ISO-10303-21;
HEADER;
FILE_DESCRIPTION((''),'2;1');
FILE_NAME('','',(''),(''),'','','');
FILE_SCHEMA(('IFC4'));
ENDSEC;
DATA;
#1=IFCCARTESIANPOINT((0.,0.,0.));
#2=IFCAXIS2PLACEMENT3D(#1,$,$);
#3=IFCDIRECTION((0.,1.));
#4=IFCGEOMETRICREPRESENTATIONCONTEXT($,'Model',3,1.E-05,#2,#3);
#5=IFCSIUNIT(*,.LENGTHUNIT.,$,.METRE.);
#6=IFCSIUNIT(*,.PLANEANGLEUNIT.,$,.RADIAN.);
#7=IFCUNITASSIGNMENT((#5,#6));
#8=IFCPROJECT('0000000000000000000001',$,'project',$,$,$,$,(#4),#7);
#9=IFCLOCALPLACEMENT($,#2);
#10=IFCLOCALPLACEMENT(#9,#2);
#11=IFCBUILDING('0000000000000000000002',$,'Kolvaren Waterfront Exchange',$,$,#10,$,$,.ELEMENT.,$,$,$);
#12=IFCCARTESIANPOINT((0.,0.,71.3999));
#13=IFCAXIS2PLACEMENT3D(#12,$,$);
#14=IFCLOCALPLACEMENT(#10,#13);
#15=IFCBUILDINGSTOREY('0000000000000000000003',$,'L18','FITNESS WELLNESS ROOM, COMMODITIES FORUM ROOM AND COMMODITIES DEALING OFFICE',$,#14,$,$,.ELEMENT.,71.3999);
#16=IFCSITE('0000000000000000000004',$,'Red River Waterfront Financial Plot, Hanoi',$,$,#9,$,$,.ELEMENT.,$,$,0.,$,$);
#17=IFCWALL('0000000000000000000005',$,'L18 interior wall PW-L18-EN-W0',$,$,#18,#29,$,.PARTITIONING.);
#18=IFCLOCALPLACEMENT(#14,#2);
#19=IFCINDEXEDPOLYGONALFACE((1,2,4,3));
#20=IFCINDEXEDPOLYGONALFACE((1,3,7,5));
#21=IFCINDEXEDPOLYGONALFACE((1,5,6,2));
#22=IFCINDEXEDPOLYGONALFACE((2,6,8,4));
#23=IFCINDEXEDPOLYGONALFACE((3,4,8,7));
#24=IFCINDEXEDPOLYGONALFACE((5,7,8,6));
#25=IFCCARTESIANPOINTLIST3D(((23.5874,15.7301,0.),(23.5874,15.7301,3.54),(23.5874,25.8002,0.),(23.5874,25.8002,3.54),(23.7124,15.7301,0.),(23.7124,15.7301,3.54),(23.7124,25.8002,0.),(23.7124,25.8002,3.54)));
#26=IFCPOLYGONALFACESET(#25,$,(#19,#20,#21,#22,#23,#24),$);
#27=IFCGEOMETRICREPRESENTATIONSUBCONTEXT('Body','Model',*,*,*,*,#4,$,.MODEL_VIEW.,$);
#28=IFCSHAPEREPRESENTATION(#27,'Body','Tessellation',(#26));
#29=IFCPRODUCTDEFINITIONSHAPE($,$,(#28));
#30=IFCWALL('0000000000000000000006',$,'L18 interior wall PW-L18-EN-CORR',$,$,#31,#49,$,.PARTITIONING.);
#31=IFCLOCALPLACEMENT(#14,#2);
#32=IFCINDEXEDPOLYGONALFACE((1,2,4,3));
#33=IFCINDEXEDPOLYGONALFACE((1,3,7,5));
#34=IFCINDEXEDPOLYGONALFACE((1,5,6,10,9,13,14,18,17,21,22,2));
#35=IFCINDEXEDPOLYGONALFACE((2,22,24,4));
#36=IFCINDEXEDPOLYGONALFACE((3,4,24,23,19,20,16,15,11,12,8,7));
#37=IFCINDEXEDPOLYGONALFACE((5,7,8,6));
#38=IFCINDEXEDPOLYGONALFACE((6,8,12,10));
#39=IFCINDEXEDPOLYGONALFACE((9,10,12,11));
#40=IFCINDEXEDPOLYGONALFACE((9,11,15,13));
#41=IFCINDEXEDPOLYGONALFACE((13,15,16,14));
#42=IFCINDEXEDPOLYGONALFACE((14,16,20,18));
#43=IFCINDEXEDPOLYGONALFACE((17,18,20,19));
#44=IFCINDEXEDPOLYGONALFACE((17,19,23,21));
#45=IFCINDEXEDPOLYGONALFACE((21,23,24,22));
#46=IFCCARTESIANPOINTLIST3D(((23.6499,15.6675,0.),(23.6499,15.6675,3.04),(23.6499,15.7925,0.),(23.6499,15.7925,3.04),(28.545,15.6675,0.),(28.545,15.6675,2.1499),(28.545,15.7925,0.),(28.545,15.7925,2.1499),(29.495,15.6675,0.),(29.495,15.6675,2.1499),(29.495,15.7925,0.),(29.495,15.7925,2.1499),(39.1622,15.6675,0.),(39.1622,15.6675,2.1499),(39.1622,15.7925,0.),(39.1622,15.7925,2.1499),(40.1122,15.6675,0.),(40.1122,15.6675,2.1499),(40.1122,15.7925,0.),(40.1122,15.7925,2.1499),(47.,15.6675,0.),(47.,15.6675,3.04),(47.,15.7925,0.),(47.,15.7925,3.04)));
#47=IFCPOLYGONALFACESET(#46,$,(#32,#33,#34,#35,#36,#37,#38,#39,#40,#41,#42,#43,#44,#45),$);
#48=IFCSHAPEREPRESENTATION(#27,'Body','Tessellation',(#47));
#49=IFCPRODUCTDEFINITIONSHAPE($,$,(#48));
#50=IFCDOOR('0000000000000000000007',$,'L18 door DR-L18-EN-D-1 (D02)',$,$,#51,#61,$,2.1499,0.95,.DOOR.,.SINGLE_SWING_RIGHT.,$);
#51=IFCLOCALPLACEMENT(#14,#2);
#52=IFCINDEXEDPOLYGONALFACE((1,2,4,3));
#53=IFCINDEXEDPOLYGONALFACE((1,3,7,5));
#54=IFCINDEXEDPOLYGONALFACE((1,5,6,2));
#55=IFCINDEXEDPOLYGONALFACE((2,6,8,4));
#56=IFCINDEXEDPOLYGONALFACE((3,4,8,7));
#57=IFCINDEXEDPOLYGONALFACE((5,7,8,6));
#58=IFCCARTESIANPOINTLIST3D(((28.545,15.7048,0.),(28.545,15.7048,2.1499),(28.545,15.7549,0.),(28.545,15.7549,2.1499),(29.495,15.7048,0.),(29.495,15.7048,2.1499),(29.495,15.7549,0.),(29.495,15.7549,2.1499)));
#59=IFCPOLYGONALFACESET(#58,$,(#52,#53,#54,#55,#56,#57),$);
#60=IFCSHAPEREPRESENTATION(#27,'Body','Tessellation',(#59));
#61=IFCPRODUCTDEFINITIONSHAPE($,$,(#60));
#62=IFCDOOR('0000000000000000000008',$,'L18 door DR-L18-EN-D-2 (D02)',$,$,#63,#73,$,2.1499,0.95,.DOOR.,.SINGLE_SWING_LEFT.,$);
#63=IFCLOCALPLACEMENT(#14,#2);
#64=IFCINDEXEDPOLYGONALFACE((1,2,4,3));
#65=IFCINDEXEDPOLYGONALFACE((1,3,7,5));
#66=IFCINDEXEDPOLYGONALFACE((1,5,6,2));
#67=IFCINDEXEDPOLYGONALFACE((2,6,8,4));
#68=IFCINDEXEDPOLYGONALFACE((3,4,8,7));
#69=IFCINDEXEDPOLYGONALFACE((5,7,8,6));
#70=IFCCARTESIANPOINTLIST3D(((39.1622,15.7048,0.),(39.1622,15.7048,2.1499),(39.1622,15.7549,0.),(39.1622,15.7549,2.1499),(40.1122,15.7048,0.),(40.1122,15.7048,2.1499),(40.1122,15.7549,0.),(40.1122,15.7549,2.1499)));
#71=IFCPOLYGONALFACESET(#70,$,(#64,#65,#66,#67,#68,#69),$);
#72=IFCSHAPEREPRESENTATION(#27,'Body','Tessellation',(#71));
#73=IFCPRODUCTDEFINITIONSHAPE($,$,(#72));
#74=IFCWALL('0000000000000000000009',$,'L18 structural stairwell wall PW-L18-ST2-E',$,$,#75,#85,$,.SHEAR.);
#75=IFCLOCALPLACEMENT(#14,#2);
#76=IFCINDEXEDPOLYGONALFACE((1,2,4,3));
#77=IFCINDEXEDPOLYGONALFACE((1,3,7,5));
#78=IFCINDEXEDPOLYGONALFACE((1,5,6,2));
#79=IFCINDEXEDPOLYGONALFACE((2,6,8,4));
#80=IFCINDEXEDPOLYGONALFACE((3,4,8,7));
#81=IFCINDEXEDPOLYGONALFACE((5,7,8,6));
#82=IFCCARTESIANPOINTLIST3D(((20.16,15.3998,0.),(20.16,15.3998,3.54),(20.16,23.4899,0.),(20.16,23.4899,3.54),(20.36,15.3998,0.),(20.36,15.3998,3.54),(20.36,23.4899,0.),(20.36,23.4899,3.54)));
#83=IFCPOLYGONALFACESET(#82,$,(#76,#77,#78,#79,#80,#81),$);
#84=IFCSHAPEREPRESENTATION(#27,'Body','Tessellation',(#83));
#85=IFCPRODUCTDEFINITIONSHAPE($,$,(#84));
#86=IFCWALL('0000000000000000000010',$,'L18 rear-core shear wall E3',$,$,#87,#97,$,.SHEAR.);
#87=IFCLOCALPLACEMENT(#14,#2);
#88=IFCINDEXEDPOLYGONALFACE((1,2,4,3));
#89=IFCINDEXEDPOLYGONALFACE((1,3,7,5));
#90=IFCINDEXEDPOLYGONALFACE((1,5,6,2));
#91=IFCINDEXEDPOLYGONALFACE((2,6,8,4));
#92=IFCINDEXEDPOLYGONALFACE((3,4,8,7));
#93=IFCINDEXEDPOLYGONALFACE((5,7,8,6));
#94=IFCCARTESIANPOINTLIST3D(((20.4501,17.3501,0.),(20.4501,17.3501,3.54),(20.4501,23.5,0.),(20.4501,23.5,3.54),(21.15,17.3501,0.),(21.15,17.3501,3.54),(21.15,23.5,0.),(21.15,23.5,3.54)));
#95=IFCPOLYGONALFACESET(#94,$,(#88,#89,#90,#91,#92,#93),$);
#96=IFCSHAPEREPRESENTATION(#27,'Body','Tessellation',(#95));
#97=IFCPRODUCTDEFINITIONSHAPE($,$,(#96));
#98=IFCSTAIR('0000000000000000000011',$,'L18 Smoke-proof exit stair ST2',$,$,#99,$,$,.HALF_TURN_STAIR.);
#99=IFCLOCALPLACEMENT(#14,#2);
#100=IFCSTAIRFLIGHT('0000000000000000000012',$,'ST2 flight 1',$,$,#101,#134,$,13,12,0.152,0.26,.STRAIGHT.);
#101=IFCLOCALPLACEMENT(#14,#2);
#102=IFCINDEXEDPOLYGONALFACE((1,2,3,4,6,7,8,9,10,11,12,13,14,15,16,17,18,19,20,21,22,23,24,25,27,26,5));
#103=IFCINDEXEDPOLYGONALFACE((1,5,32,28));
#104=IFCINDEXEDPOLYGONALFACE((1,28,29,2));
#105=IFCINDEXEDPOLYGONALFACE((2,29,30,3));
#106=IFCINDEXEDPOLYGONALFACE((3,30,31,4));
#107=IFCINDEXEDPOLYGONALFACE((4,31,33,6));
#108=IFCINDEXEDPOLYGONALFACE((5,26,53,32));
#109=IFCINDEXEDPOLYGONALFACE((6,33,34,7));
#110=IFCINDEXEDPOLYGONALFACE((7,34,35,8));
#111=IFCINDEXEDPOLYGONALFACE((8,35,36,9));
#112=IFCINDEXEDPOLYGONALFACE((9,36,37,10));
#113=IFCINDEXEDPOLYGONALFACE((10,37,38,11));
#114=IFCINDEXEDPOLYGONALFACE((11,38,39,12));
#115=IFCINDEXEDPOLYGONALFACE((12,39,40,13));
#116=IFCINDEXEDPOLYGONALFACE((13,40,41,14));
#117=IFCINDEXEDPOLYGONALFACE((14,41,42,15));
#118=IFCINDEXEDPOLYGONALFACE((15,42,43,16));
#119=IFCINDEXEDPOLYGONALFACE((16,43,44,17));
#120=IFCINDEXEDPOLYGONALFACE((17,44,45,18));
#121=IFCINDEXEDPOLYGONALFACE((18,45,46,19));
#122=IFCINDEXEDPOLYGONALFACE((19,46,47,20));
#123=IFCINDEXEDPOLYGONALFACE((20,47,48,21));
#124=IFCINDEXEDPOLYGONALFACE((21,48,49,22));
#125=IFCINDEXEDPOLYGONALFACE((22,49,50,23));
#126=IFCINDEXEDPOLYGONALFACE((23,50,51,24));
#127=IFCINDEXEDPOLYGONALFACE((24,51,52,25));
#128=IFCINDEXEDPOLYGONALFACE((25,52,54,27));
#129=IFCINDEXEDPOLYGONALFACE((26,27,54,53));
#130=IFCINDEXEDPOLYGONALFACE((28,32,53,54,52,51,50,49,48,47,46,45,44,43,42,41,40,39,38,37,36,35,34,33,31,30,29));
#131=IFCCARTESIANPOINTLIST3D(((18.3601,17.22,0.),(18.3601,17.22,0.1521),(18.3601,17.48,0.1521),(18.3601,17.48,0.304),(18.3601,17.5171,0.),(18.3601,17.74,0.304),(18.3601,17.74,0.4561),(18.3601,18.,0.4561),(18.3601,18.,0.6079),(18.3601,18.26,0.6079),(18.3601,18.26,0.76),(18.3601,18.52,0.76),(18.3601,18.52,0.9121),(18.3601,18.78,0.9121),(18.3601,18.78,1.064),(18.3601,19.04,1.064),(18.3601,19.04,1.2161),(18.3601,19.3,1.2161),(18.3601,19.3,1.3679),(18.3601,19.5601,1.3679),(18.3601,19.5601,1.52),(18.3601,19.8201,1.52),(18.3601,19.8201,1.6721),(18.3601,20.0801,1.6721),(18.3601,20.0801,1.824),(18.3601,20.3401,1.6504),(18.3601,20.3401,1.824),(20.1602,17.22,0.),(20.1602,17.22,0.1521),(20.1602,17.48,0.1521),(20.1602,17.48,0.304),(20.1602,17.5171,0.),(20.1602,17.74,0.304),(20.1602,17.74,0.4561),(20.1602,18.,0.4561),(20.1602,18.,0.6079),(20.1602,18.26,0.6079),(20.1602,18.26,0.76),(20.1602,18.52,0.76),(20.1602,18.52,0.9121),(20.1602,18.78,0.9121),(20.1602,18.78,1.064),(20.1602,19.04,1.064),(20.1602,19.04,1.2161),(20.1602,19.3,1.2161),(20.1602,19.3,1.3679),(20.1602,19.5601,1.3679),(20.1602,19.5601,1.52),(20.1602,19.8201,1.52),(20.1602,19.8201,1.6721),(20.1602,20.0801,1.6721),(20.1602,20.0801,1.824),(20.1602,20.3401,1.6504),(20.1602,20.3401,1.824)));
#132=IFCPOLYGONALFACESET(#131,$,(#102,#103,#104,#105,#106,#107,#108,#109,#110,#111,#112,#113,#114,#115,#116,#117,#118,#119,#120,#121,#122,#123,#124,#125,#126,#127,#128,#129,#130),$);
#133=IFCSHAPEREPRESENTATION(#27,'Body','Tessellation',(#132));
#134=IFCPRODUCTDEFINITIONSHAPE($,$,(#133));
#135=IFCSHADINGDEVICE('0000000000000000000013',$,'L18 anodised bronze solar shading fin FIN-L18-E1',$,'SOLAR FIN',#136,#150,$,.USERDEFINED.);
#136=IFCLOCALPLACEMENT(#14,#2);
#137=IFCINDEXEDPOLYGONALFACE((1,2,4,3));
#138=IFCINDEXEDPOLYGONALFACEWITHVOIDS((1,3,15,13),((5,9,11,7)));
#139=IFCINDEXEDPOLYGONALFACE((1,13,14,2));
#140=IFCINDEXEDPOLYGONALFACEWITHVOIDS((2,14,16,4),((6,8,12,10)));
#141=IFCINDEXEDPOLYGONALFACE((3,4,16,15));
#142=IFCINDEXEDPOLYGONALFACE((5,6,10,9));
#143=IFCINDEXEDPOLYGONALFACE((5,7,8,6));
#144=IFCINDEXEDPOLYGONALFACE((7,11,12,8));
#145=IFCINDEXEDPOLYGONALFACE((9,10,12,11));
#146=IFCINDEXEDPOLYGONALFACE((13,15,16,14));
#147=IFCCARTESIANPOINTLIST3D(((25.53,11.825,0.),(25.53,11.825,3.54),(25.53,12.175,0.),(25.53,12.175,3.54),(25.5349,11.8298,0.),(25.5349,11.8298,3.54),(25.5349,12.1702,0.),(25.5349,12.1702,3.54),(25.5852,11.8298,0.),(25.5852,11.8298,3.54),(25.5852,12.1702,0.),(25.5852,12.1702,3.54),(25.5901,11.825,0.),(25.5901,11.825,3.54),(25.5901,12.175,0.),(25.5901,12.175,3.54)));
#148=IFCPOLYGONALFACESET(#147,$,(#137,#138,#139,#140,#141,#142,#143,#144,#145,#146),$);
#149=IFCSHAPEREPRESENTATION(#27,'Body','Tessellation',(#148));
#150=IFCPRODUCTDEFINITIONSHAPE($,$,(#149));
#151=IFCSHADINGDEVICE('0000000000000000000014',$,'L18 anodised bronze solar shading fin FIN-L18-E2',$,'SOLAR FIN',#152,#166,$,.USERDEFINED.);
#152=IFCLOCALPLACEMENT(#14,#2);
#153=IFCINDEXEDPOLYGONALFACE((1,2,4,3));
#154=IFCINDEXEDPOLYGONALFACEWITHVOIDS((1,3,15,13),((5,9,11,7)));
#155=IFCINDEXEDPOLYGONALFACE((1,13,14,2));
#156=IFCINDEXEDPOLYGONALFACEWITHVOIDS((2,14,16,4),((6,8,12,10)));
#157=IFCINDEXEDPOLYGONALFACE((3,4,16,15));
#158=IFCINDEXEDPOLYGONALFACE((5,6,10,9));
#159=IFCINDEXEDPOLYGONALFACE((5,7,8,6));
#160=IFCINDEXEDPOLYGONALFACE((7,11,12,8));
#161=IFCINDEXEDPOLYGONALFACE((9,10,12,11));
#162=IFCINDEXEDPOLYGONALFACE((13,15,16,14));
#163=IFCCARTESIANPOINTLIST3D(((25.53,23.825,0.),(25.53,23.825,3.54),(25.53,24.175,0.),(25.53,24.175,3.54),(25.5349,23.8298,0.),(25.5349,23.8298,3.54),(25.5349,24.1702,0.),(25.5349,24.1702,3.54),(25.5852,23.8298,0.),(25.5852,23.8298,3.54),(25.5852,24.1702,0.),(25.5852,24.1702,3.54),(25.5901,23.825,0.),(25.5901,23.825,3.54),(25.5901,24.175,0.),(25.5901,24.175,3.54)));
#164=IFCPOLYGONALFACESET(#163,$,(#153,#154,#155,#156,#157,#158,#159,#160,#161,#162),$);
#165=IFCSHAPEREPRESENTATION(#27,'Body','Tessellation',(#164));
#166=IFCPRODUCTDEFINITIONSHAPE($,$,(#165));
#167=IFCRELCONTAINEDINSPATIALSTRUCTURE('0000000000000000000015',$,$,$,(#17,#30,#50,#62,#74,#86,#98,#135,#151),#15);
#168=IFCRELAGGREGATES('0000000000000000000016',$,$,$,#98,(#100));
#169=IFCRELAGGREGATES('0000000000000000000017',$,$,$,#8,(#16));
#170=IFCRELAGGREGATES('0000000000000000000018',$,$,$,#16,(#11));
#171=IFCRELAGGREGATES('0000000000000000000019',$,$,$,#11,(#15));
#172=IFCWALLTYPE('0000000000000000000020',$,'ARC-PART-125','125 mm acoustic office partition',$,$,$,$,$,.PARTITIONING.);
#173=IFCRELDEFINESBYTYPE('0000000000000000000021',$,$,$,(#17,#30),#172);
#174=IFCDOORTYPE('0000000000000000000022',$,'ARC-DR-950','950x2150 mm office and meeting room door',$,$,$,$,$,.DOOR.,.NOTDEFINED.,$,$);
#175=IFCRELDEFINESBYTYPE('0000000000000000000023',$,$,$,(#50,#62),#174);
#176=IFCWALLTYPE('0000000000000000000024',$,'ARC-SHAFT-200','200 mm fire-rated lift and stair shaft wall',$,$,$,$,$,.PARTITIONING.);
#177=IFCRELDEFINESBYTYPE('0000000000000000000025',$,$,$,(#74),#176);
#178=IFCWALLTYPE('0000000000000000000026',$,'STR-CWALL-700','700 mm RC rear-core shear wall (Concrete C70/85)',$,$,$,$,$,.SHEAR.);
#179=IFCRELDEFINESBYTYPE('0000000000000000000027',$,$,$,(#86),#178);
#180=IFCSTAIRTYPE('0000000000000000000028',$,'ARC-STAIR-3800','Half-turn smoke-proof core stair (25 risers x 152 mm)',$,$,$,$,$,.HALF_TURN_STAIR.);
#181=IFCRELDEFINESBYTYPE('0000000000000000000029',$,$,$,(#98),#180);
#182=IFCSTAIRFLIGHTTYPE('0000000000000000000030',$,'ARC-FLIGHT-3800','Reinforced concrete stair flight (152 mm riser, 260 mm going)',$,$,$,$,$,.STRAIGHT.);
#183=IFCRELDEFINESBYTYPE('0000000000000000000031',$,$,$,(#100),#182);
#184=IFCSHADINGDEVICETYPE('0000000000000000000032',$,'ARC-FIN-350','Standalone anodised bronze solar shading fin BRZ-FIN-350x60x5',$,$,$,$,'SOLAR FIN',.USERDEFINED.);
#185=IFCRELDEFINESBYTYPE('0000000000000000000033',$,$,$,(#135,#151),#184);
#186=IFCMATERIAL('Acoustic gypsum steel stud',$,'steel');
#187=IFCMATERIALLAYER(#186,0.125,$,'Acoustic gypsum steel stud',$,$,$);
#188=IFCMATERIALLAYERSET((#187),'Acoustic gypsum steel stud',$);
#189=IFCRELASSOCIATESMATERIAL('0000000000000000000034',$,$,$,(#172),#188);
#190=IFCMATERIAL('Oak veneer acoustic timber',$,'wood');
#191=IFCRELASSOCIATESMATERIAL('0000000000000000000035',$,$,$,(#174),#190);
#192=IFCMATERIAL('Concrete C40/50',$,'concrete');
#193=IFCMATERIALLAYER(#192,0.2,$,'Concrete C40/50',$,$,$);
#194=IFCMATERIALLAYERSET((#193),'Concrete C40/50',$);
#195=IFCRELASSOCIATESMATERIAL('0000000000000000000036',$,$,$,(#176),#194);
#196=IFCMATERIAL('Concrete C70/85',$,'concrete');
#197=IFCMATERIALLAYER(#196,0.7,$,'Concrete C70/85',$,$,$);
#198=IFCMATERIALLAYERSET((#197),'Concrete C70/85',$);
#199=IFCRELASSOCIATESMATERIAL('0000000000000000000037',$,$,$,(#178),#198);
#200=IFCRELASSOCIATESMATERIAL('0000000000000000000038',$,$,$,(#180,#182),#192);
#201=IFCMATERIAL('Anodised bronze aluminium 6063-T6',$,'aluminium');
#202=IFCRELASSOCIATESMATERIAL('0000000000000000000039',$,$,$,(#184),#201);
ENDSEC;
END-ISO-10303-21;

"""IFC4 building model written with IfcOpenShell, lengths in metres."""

from ifc_helpers import new_model, si_unit, direction, frame, frame_2d, origin, origin_2d, place, context, subcontext, project, spatial, polyline, rectangle, hollow_rectangle, outline, extrude, material, layer, layer_set, material_profile, profile_set, type_object, element, fill, aggregate, save


model = new_model("IFC4")

# Units and contexts
model_context = context("Model", 3, precision=1e-05, world=origin(), true_north=direction((0.0, 1.0)))
body_context = subcontext(model_context, "Body", "Model", "MODEL_VIEW")
ifc_project = project(units=[si_unit("LENGTHUNIT", "METRE"), si_unit("PLANEANGLEUNIT", "RADIAN")], contexts=[model_context])

# Site, building, storey
site_placement = place(None, origin())
site = spatial("IfcSite", under=ifc_project, at=site_placement, Name="Red River Waterfront Financial Plot, Hanoi", CompositionType="ELEMENT", RefElevation=0.0)
building_placement = place(site_placement, origin())
building = spatial("IfcBuilding", under=site, at=building_placement, Name="Kolvaren Waterfront Exchange", CompositionType="ELEMENT")
storey_placement = place(building_placement, frame((0.0, 0.0, 71.3999)))
storey = spatial("IfcBuildingStorey", under=building, at=storey_placement, Name="L18", Description="FITNESS WELLNESS ROOM, COMMODITIES FORUM ROOM AND COMMODITIES DEALING OFFICE", CompositionType="ELEMENT", Elevation=71.3999)

# Shared definitions
ifc_material_1 = material(Name="Concrete C70/85", Category="concrete")

# Shared definitions
ifc_material_2 = material(Name="Anodised bronze aluminium 6063-T6", Category="aluminium")

# Shared definitions
ifc_material_3 = material(Name="Acoustic gypsum steel stud", Category="steel")
ifc_layer_1 = layer(ifc_material_3, 0.125, Name="Acoustic gypsum steel stud")
ifc_layer_set_1 = layer_set([ifc_layer_1], Name="Acoustic gypsum steel stud")
wall_type_1 = type_object("IfcWallType", Name="ARC-PART-125", Description="125 mm acoustic office partition", PredefinedType="PARTITIONING", material=ifc_layer_set_1)
ifc_material_4 = material(Name="Oak veneer acoustic timber", Category="wood")
door_type = type_object("IfcDoorType", Name="ARC-DR-950", Description="950x2150 mm office and meeting room door", OperationType="NOTDEFINED", PredefinedType="DOOR", material=ifc_material_4)

# Wall
wall_1_placement = place(storey_placement, frame((23.6499, 15.73, 0.0), z_axis=(0.0, 0.0, 1.0), x_axis=(0.0, 1.0, 0.0)))
element("IfcWall", 1, at=wall_1_placement, inside=storey, type_object=wall_type_1, Name="L18 interior wall PW-L18-EN-W0", PredefinedType="PARTITIONING", context=body_context, shape_type="SweptSolid", body=[
    extrude(rectangle(XDim=10.0701, YDim=0.125, at=frame_2d((5.0352, 0.0))), origin(), (0.0, 0.0, 1.0), 3.54),
])

# Wall, openings, doors
wall_2_placement = place(storey_placement, frame((23.6499, 15.73, 0.0), z_axis=(0.0, 0.0, 1.0), x_axis=(1.0, 0.0, 0.0)))
wall_2 = element("IfcWall", 2, at=wall_2_placement, inside=storey, type_object=wall_type_1, Name="L18 interior wall PW-L18-EN-CORR", PredefinedType="PARTITIONING", context=body_context, shape_type="SweptSolid", body=[
    extrude(rectangle(XDim=23.3501, YDim=0.125, at=frame_2d((11.675, 0.0))), origin(), (0.0, 0.0, 1.0), 3.04),
])
opening_1_placement = place(wall_2_placement, frame((4.895, 0.0, 0.0)))
opening_1 = element("IfcOpeningElement", 3, at=opening_1_placement, cuts=wall_2, PredefinedType="OPENING", context=body_context, shape_type="SweptSolid", body=[
    extrude(rectangle(XDim=0.95, YDim=2.1499, at=frame_2d((0.4751, 1.075))), frame((0.0, 0.0725, 0.0), z_axis=(0.0, -1.0, 0.0), x_axis=(1.0, 0.0, 0.0)), (0.0, 0.0, 1.0), 0.145),
])
opening_2_placement = place(wall_2_placement, frame((15.5122, 0.0, 0.0)))
opening_2 = element("IfcOpeningElement", 4, at=opening_2_placement, cuts=wall_2, PredefinedType="OPENING", context=body_context, shape_type="SweptSolid", body=[
    extrude(rectangle(XDim=0.95, YDim=2.1499, at=frame_2d((0.4751, 1.075))), frame((0.0, 0.0725, 0.0), z_axis=(0.0, -1.0, 0.0), x_axis=(1.0, 0.0, 0.0)), (0.0, 0.0, 1.0), 0.145),
])
door_1_placement = place(opening_1_placement, origin())
door_1 = element("IfcDoor", 5, at=door_1_placement, inside=storey, type_object=door_type, Name="L18 door DR-L18-EN-D-1 (D02)", OperationType="SINGLE_SWING_RIGHT", OverallHeight=2.1499, OverallWidth=0.95, PredefinedType="DOOR", context=body_context, shape_type="SweptSolid", body=[
    extrude(rectangle(XDim=0.95, YDim=2.1499, at=frame_2d((0.4751, 1.075))), frame((0.0, 0.0249, 0.0), z_axis=(0.0, -1.0, 0.0), x_axis=(1.0, 0.0, 0.0)), (0.0, 0.0, 1.0), 0.05),
])
fill(opening_1, door_1)
door_2_placement = place(opening_2_placement, origin())
door_2 = element("IfcDoor", 6, at=door_2_placement, inside=storey, type_object=door_type, Name="L18 door DR-L18-EN-D-2 (D02)", OperationType="SINGLE_SWING_LEFT", OverallHeight=2.1499, OverallWidth=0.95, PredefinedType="DOOR", context=body_context, shape_type="SweptSolid", body=[
    extrude(rectangle(XDim=0.95, YDim=2.1499, at=frame_2d((0.4751, 1.075))), frame((0.0, 0.0249, 0.0), z_axis=(0.0, -1.0, 0.0), x_axis=(1.0, 0.0, 0.0)), (0.0, 0.0, 1.0), 0.05),
])
fill(opening_2, door_2)

# Walls
ifc_material_5 = material(Name="Concrete C40/50", Category="concrete")
ifc_layer_2 = layer(ifc_material_5, 0.2, Name="Concrete C40/50")
ifc_layer_set_2 = layer_set([ifc_layer_2], Name="Concrete C40/50")
wall_type_2 = type_object("IfcWallType", Name="ARC-SHAFT-200", Description="200 mm fire-rated lift and stair shaft wall", PredefinedType="PARTITIONING", material=ifc_layer_set_2)
wall_3_placement = place(storey_placement, frame((20.26, 15.3999, 0.0), z_axis=(0.0, 0.0, 1.0), x_axis=(0.0, 1.0, 0.0)))
element("IfcWall", 7, at=wall_3_placement, inside=storey, type_object=wall_type_2, Name="L18 structural stairwell wall PW-L18-ST2-E", PredefinedType="SHEAR", context=body_context, shape_type="SweptSolid", body=[
    extrude(rectangle(XDim=8.0901, YDim=0.2, at=frame_2d((4.0449, 0.0))), origin(), (0.0, 0.0, 1.0), 3.54),
])
ifc_layer_3 = layer(ifc_material_1, 0.7, Name="Concrete C70/85")
ifc_layer_set_3 = layer_set([ifc_layer_3], Name="Concrete C70/85")
wall_type_3 = type_object("IfcWallType", Name="STR-CWALL-700", Description="700 mm RC rear-core shear wall (Concrete C70/85)", PredefinedType="SHEAR", material=ifc_layer_set_3)
wall_4_placement = place(storey_placement, frame((20.8, 17.3501, 0.0), z_axis=(0.0, 0.0, 1.0), x_axis=(0.0, 1.0, 0.0)))
element("IfcWall", 8, at=wall_4_placement, inside=storey, type_object=wall_type_3, Name="L18 rear-core shear wall E3", PredefinedType="SHEAR", context=body_context, shape_type="SweptSolid", body=[
    extrude(rectangle(XDim=6.1499, YDim=0.7, at=frame_2d((3.075, 0.0))), origin(), (0.0, 0.0, 1.0), 3.54),
])

# Stair, stair flight
stair_type = type_object("IfcStairType", Name="ARC-STAIR-3800", Description="Half-turn smoke-proof core stair (25 risers x 152 mm)", PredefinedType="HALF_TURN_STAIR", material=ifc_material_5)
stair_placement = place(storey_placement, origin())
stair = element("IfcStair", 9, at=stair_placement, inside=storey, type_object=stair_type, Name="L18 Smoke-proof exit stair ST2", PredefinedType="HALF_TURN_STAIR")
stair_flight_type = type_object("IfcStairFlightType", Name="ARC-FLIGHT-3800", Description="Reinforced concrete stair flight (152 mm riser, 260 mm going)", PredefinedType="STRAIGHT", material=ifc_material_5)
stair_flight_placement = place(storey_placement, frame((19.26, 17.22, 0.0), z_axis=(0.0, 0.0, 1.0), x_axis=(0.0, 1.0, 0.0)))
stair_flight = element("IfcStairFlight", 10, at=stair_flight_placement, type_object=stair_flight_type, Name="ST2 flight 1", NumberOfRisers=13, NumberOfTreads=12, PredefinedType="STRAIGHT", RiserHeight=0.152, TreadLength=0.26, context=body_context, shape_type="SweptSolid", body=[
    extrude(outline(polyline([(0.0, 0.0), (0.0, 0.1521), (0.26, 0.1521), (0.26, 0.304), (0.52, 0.304), (0.52, 0.4561), (0.78, 0.4561), (0.78, 0.6079), (1.04, 0.6079), (1.04, 0.76), (1.3, 0.76), (1.3, 0.9121), (1.5601, 0.9121), (1.5601, 1.064), (1.8201, 1.064), (1.8201, 1.2161), (2.0801, 1.2161), (2.0801, 1.3679), (2.3401, 1.3679), (2.3401, 1.52), (2.6001, 1.52), (2.6001, 1.6721), (2.8601, 1.6721), (2.8601, 1.824), (3.1201, 1.824), (3.1201, 1.9761), (3.1201, 1.6504), (0.2971, 0.0), (0.0, 0.0)])), frame((0.0, 0.8999, 0.0), z_axis=(0.0, -1.0, 0.0), x_axis=(1.0, 0.0, 0.0)), (0.0, 0.0, 1.0), 1.8),
])
aggregate(stair, [stair_flight])

# Shading devices
ifc_material_profile_1 = material_profile(ifc_material_2, hollow_rectangle(XDim=0.0601, YDim=0.3501, WallThickness=0.0049, at=origin_2d()), Name="BRZ-FIN-350x60x5")
ifc_profile_set_1 = profile_set([ifc_material_profile_1], Name="Anodised bronze aluminium 6063-T6")
shading_device_type = type_object("IfcShadingDeviceType", Name="ARC-FIN-350", Description="Standalone anodised bronze solar shading fin BRZ-FIN-350x60x5", ElementType="SOLAR FIN", PredefinedType="USERDEFINED", material=ifc_profile_set_1)
for number, where, z_axis, x_axis, name in (
    (11, (25.5601, 12.0, 0.0), (0.0, 0.0, 1.0), (1.0, 0.0, 0.0), "L18 anodised bronze solar shading fin FIN-L18-E1"),
    (12, (25.5601, 24.0, 0.0), (0.0, 0.0, 1.0), (1.0, 0.0, 0.0), "L18 anodised bronze solar shading fin FIN-L18-E2"),
):
    element("IfcShadingDevice", number, at=place(storey_placement, frame(where, z_axis=z_axis, x_axis=x_axis)), inside=storey, type_object=shading_device_type, Name=name, ObjectType="SOLAR FIN", PredefinedType="USERDEFINED", context=body_context, shape_type="SweptSolid", body=[
        extrude(hollow_rectangle(XDim=0.0601, YDim=0.3501, WallThickness=0.0049, at=origin_2d()), origin(), (0.0, 0.0, 1.0), 3.54),
    ])

save(model, "model.ifc")
